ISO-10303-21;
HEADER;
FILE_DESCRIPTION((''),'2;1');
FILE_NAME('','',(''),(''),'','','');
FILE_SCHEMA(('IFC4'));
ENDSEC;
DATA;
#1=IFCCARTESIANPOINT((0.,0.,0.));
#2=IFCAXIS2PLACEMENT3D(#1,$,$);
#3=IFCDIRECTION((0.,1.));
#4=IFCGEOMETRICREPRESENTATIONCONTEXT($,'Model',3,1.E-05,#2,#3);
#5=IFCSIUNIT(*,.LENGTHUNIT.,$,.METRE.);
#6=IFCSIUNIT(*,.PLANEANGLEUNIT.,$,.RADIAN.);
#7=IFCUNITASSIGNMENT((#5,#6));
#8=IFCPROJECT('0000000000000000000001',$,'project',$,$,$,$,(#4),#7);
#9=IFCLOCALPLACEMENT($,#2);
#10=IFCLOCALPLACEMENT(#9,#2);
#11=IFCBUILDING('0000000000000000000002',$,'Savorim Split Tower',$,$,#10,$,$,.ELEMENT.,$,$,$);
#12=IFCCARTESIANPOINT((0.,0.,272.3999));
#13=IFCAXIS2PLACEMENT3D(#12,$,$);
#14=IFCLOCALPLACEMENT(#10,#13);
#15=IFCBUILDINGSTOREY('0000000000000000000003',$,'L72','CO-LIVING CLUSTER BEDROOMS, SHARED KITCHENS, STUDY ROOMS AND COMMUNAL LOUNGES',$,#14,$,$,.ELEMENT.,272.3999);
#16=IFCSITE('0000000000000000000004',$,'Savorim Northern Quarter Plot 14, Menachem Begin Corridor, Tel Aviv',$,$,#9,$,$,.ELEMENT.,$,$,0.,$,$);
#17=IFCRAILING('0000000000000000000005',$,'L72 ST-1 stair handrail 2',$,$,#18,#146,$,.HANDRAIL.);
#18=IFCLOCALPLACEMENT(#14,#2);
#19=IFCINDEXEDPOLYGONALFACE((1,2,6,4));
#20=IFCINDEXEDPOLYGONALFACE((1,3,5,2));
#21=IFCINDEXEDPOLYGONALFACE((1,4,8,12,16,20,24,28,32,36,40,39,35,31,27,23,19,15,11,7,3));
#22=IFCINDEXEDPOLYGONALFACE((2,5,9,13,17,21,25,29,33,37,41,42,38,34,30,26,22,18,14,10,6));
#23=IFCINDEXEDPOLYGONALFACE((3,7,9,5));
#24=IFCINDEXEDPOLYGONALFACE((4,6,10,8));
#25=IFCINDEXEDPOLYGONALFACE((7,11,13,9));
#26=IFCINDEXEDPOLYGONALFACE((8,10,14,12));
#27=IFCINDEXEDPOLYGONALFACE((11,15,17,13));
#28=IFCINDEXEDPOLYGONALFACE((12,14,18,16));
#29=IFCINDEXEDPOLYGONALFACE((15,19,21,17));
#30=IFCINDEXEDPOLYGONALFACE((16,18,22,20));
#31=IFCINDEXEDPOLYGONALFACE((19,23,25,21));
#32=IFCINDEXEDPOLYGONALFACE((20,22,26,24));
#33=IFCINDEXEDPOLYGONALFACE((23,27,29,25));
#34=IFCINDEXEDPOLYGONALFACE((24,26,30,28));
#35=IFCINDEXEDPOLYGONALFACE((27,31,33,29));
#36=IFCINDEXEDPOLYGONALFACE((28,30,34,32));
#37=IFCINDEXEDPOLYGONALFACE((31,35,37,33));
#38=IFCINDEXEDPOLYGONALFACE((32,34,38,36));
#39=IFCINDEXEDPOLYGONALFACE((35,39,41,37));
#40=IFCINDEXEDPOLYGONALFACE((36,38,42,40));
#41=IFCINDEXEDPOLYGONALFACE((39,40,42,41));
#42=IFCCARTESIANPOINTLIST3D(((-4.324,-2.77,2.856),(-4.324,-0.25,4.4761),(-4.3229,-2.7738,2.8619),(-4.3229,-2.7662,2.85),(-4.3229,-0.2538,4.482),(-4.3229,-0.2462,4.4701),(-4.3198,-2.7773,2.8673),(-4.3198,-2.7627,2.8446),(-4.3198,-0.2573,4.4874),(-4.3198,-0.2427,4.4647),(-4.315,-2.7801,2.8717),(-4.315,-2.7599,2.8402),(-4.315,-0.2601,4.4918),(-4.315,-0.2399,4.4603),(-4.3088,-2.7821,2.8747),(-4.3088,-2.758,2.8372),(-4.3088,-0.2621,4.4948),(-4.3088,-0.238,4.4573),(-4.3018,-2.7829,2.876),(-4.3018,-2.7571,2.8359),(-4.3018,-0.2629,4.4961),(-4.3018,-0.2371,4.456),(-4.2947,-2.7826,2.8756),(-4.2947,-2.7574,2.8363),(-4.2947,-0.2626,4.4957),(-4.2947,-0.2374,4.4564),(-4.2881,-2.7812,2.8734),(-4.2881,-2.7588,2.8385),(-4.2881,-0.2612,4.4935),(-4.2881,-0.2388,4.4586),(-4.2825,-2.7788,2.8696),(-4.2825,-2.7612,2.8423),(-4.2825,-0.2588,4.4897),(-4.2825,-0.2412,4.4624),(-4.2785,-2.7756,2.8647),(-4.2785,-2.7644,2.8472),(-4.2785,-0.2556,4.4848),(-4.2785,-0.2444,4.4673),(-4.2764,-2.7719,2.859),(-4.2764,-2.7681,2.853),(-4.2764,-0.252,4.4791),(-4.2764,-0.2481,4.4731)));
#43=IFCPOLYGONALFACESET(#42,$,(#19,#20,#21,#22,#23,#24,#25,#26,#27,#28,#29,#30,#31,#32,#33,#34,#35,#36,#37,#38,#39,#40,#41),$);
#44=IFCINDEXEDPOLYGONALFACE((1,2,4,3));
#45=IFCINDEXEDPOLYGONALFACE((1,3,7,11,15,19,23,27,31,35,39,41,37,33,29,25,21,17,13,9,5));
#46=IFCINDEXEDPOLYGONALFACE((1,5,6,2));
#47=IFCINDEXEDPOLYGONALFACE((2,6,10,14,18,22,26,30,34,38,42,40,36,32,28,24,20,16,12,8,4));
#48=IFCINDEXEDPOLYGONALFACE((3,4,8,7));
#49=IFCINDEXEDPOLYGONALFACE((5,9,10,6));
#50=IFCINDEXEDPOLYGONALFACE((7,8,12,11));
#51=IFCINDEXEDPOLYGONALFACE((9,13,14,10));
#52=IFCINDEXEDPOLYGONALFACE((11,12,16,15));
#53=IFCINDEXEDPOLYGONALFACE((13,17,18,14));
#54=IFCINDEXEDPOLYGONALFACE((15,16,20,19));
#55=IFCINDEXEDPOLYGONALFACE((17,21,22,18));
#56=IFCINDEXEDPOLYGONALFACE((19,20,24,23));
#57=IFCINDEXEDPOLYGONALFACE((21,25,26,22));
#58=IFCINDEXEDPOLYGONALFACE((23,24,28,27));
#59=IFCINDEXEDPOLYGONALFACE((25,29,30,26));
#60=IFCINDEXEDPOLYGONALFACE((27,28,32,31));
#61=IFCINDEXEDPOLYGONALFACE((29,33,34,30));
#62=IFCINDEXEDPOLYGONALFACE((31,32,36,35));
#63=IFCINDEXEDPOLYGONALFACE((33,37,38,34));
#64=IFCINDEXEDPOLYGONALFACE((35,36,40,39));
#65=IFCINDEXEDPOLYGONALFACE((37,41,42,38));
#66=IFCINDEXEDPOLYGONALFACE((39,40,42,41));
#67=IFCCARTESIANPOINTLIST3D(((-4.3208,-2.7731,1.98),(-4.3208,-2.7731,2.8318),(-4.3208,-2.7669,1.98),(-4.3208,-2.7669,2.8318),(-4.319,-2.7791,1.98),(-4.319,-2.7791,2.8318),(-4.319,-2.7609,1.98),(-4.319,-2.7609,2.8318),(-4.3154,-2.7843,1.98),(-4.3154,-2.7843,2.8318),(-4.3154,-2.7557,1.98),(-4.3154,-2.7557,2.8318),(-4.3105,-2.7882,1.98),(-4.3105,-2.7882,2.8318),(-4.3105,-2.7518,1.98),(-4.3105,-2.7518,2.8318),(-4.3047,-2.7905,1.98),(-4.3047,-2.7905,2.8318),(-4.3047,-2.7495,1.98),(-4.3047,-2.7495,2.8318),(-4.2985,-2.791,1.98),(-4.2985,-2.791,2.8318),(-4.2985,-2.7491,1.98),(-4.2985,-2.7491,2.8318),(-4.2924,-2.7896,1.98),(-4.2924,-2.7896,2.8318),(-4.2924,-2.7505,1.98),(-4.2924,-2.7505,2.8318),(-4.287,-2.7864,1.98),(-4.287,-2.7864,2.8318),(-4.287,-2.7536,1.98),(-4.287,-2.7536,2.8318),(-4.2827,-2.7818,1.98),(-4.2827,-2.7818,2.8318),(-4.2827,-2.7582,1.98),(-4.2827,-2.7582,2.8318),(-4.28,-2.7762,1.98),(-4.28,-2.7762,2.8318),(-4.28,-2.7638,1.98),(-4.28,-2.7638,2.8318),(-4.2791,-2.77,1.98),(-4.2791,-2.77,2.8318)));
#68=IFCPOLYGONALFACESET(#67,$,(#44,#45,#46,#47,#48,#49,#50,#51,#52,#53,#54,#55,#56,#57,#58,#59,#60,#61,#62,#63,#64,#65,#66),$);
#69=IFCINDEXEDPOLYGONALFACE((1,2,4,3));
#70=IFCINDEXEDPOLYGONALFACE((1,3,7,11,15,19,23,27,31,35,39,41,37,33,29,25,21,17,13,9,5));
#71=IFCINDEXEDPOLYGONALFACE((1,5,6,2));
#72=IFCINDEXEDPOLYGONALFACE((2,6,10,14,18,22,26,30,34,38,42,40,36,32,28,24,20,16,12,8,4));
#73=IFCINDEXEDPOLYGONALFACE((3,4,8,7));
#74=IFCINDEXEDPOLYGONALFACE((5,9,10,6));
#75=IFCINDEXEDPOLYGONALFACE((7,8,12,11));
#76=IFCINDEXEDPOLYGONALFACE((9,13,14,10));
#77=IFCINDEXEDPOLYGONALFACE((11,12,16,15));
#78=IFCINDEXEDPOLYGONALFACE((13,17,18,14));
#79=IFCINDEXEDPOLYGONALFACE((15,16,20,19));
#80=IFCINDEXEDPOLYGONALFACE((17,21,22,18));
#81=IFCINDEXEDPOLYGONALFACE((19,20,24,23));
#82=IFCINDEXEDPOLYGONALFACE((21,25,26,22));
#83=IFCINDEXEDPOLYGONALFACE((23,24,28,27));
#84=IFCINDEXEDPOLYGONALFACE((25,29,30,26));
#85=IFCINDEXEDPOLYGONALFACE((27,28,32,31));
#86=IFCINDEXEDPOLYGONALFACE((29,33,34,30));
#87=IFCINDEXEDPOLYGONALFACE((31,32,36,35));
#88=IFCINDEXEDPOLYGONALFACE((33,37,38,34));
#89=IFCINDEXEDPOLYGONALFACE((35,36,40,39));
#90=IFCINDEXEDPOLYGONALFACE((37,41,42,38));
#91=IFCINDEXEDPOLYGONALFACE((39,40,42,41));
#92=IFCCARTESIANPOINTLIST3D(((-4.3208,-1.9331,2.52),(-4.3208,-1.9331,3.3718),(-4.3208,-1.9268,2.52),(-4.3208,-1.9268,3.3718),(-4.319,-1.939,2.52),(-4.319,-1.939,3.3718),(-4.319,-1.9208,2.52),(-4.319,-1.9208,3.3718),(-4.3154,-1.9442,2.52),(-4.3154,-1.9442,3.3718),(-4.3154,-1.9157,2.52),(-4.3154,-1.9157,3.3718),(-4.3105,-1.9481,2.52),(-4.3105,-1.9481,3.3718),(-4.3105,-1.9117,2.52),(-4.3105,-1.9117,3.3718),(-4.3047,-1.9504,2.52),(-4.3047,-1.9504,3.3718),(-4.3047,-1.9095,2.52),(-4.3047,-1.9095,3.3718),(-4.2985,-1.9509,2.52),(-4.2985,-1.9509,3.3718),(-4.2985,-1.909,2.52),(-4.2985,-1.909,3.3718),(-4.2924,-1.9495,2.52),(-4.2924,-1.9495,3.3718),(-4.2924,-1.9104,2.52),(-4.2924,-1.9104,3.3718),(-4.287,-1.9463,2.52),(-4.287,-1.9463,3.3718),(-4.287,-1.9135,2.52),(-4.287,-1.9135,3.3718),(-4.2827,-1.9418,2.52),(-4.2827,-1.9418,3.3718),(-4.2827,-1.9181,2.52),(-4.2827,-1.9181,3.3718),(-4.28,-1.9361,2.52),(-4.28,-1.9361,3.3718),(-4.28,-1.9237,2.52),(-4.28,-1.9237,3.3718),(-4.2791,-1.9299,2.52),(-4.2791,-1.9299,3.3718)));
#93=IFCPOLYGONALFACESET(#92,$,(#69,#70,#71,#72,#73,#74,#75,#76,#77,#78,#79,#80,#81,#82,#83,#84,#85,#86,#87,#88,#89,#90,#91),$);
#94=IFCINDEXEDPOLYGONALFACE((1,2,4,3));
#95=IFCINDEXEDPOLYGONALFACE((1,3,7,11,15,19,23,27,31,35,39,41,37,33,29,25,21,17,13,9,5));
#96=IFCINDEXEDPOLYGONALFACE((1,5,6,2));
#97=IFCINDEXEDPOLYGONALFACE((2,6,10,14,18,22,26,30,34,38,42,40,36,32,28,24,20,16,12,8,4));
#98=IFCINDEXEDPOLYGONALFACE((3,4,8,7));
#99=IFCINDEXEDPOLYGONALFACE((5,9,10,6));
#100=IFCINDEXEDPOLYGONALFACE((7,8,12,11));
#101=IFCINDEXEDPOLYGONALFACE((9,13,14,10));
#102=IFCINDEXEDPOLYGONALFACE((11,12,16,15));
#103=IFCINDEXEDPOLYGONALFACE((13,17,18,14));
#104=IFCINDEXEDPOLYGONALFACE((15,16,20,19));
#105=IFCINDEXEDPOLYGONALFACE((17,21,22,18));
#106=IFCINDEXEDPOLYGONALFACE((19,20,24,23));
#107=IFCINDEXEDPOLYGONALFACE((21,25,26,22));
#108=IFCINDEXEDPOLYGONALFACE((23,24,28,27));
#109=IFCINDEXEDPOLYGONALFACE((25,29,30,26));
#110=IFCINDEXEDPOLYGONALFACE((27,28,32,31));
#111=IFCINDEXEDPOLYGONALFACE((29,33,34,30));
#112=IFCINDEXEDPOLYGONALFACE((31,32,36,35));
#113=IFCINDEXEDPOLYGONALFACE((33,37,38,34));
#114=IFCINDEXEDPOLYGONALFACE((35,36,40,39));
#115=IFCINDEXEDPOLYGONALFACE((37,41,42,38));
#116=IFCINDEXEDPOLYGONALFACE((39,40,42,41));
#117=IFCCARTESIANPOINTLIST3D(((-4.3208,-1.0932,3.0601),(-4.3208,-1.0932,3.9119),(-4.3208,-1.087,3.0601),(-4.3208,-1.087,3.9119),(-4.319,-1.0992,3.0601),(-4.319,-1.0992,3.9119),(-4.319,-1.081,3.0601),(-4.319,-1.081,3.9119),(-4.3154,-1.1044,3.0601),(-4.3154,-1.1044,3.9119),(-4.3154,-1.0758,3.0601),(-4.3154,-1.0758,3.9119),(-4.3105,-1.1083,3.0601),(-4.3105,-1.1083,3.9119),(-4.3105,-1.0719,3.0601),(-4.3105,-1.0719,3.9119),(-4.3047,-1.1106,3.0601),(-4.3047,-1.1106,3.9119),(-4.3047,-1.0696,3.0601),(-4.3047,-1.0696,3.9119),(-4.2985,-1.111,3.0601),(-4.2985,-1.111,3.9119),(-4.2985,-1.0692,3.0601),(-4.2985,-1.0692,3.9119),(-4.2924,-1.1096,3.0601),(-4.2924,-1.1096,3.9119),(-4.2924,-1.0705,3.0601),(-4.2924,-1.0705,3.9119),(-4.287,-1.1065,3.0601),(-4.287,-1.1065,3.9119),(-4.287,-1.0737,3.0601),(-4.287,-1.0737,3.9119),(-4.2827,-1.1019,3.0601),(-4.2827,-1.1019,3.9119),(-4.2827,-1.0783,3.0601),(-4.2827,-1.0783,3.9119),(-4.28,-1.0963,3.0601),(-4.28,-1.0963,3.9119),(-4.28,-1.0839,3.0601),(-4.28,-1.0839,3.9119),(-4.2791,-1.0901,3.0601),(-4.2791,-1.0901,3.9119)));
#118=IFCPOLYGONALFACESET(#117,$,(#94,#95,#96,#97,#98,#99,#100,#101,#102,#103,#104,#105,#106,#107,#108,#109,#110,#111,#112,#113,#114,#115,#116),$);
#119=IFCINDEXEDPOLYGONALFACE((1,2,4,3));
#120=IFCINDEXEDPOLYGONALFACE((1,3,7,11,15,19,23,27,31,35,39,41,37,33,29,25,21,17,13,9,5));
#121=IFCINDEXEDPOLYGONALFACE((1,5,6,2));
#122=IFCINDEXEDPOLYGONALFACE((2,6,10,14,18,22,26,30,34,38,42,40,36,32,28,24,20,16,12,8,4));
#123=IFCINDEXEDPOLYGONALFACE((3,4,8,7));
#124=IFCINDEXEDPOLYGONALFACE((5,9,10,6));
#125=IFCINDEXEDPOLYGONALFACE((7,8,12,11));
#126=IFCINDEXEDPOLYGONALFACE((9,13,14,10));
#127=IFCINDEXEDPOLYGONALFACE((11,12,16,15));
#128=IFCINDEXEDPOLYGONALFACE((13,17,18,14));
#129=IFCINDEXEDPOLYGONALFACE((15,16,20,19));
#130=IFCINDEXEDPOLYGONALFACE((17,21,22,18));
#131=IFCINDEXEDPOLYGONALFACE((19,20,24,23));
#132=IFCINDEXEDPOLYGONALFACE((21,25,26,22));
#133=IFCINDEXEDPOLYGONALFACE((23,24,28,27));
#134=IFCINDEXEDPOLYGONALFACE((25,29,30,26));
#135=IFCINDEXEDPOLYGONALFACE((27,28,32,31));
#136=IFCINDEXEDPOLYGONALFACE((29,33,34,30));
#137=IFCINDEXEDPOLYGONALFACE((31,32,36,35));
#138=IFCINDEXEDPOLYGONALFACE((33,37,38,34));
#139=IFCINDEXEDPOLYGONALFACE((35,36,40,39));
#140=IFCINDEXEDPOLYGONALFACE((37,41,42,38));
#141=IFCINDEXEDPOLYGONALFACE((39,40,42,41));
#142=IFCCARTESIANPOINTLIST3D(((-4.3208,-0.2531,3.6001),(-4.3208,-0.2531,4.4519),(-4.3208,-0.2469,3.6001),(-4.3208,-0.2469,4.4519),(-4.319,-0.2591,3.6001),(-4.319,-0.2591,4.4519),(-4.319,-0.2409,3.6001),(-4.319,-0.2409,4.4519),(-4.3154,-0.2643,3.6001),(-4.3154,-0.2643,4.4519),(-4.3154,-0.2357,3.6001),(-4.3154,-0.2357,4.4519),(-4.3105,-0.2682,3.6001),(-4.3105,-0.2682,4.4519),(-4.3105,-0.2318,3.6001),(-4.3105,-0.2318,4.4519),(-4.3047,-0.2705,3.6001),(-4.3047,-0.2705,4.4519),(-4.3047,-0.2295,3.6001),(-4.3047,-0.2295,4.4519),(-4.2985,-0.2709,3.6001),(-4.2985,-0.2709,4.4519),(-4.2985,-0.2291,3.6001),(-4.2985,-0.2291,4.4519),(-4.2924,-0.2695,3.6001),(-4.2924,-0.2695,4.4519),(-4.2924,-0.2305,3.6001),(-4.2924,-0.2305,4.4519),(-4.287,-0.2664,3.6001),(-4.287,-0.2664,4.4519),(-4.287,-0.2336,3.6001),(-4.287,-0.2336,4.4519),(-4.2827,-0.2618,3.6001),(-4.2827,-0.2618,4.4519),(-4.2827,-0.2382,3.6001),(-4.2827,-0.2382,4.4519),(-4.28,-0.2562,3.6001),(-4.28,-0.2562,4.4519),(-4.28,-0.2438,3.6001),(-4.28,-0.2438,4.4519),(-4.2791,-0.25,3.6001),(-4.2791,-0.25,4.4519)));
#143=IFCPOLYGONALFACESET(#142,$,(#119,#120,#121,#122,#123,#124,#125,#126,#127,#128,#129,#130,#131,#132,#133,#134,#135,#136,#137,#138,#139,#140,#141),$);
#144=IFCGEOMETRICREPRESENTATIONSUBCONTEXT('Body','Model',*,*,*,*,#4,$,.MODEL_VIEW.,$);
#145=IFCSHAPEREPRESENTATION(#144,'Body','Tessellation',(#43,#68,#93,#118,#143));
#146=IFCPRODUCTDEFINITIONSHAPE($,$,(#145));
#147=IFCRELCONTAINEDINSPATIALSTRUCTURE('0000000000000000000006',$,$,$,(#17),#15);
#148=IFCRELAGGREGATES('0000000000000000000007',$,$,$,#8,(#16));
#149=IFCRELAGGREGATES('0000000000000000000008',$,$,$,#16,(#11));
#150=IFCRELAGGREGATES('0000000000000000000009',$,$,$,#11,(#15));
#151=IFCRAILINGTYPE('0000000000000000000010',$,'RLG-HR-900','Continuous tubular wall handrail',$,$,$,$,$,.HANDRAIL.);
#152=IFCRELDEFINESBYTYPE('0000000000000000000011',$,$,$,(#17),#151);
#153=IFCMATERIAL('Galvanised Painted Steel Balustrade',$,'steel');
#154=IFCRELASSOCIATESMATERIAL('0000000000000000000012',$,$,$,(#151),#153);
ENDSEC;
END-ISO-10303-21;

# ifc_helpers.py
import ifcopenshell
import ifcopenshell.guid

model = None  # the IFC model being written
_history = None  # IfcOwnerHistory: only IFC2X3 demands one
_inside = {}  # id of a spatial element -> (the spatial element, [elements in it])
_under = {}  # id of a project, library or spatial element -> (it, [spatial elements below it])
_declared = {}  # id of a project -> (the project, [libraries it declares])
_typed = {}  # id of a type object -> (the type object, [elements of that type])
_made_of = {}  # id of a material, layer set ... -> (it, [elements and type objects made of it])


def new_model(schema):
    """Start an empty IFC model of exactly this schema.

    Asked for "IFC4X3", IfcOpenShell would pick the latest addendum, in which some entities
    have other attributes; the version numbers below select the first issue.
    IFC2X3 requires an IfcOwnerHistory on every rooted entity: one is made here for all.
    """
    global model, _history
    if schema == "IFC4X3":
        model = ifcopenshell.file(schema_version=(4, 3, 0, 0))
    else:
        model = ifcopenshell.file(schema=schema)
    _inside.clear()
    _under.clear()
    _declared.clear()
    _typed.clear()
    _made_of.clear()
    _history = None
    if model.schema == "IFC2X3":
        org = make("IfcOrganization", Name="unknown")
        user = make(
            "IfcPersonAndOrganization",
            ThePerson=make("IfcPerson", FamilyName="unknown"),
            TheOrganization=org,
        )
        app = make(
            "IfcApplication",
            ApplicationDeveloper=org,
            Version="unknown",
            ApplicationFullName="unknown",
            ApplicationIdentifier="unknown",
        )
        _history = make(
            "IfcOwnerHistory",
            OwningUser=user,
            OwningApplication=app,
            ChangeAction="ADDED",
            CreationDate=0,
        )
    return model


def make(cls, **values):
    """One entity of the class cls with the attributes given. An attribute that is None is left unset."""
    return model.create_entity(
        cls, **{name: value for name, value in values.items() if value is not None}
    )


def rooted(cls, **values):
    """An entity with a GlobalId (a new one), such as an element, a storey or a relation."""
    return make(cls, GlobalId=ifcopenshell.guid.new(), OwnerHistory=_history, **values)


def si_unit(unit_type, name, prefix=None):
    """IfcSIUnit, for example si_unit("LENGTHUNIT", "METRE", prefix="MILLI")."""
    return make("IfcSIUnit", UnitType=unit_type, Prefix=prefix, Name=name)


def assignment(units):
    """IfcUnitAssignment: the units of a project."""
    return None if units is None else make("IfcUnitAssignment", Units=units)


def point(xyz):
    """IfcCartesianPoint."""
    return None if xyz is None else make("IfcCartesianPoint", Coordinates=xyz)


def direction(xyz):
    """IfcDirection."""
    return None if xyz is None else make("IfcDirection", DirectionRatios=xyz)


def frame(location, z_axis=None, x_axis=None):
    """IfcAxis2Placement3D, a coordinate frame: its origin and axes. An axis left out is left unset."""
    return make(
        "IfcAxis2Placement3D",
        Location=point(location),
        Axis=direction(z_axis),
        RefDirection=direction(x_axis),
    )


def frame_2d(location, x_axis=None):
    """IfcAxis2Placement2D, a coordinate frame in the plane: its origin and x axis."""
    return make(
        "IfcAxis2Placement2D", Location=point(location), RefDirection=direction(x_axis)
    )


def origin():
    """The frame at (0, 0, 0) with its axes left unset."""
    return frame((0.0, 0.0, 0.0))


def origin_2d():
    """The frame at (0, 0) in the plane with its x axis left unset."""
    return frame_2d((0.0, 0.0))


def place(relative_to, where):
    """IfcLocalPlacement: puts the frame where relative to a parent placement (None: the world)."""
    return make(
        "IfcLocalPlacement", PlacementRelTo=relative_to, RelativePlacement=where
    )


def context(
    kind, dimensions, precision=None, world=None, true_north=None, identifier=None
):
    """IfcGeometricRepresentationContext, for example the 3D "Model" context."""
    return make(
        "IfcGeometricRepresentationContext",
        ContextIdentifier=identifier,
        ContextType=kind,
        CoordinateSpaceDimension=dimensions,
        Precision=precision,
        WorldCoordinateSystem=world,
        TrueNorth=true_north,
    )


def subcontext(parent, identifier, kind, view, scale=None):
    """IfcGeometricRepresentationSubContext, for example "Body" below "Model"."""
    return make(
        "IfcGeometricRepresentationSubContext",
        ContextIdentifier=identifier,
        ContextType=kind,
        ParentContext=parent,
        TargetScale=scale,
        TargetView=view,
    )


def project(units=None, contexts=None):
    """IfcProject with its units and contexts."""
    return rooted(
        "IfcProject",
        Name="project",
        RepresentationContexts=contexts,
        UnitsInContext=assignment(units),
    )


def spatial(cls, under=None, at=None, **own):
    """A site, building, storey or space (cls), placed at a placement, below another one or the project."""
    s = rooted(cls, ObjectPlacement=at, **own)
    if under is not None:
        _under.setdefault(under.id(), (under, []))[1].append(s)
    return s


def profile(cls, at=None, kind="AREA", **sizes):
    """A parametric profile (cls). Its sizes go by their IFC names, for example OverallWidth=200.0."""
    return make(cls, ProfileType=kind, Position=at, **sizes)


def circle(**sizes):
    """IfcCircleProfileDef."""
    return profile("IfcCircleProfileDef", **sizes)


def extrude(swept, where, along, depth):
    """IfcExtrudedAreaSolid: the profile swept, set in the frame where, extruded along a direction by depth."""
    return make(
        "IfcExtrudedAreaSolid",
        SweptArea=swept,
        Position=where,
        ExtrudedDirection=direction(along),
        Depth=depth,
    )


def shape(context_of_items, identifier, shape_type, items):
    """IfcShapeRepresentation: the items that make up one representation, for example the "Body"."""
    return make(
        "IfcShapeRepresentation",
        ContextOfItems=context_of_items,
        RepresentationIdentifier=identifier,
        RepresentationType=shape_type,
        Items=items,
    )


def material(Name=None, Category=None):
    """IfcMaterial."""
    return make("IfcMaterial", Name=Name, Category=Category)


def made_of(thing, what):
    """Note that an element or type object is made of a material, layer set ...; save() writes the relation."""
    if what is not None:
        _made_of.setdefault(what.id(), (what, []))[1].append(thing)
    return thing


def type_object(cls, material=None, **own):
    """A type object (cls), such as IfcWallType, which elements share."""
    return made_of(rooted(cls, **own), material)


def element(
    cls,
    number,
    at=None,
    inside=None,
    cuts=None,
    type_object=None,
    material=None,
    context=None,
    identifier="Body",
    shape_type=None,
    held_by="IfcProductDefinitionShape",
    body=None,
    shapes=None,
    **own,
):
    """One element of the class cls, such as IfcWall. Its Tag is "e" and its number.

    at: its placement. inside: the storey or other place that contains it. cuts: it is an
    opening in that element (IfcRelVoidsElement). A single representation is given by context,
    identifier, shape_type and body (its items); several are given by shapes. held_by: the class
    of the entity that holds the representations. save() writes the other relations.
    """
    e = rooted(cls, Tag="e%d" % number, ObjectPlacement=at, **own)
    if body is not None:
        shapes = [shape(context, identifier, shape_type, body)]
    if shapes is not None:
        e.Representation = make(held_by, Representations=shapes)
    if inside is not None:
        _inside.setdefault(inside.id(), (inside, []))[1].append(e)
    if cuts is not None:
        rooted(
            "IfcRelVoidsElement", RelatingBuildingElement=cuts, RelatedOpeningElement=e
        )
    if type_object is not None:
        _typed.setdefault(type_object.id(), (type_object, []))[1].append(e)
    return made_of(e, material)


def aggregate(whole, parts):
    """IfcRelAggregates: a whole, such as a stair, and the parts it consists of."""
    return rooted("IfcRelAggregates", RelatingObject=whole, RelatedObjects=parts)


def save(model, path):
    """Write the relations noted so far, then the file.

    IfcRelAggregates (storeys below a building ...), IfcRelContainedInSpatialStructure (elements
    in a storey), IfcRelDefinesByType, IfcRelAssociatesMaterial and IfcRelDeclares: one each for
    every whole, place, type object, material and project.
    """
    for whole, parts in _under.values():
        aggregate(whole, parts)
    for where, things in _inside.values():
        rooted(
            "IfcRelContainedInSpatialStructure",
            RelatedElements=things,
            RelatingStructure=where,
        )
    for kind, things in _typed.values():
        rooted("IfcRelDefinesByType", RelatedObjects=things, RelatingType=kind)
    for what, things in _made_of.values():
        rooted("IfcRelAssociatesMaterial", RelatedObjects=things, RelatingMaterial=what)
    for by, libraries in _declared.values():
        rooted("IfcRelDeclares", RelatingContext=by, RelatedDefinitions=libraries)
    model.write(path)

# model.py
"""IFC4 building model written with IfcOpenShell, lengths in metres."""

from ifc_helpers import new_model, si_unit, direction, frame, origin, origin_2d, place, context, subcontext, project, spatial, circle, extrude, material, type_object, element, save


model = new_model("IFC4")

# Units and contexts
model_context = context("Model", 3, precision=1e-05, world=origin(), true_north=direction((0.0, 1.0)))
body_context = subcontext(model_context, "Body", "Model", "MODEL_VIEW")
ifc_project = project(units=[si_unit("LENGTHUNIT", "METRE"), si_unit("PLANEANGLEUNIT", "RADIAN")], contexts=[model_context])

# Site, building, storey
site_placement = place(None, origin())
site = spatial("IfcSite", under=ifc_project, at=site_placement, Name="Savorim Northern Quarter Plot 14, Menachem Begin Corridor, Tel Aviv", CompositionType="ELEMENT", RefElevation=0.0)
building_placement = place(site_placement, origin())
building = spatial("IfcBuilding", under=site, at=building_placement, Name="Savorim Split Tower", CompositionType="ELEMENT")
storey_placement = place(building_placement, frame((0.0, 0.0, 272.3999)))
storey = spatial("IfcBuildingStorey", under=building, at=storey_placement, Name="L72", Description="CO-LIVING CLUSTER BEDROOMS, SHARED KITCHENS, STUDY ROOMS AND COMMUNAL LOUNGES", CompositionType="ELEMENT", Elevation=272.3999)

# Railing
ifc_material_1 = material(Name="Galvanised Painted Steel Balustrade", Category="steel")
railing_type_1 = type_object("IfcRailingType", Name="RLG-HR-900", Description="Continuous tubular wall handrail", PredefinedType="HANDRAIL", material=ifc_material_1)
railing_1_placement = place(storey_placement, frame((-4.3, -2.77, 1.98)))
element("IfcRailing", 1, at=railing_1_placement, inside=storey, type_object=railing_type_1, Name="L72 ST-1 stair handrail 2", PredefinedType="HANDRAIL", context=body_context, shape_type="SweptSolid", body=[
    extrude(circle(Radius=0.0239, at=origin_2d()), frame((0.0, 0.0, 0.876), z_axis=(0.0, 0.841163, 0.540782), x_axis=(-1.0, 0.0, 0.0)), (0.0, 0.0, 1.0), 2.9958),
    extrude(circle(Radius=0.021, at=origin_2d()), origin(), (0.0, 0.0, 1.0), 0.8518),
    extrude(circle(Radius=0.021, at=origin_2d()), frame((0.0, 0.8401, 0.54)), (0.0, 0.0, 1.0), 0.8518),
    extrude(circle(Radius=0.021, at=origin_2d()), frame((0.0, 1.6799, 1.0801)), (0.0, 0.0, 1.0), 0.8518),
    extrude(circle(Radius=0.021, at=origin_2d()), frame((0.0, 2.52, 1.6201)), (0.0, 0.0, 1.0), 0.8518),
])

save(model, "model.ifc")
